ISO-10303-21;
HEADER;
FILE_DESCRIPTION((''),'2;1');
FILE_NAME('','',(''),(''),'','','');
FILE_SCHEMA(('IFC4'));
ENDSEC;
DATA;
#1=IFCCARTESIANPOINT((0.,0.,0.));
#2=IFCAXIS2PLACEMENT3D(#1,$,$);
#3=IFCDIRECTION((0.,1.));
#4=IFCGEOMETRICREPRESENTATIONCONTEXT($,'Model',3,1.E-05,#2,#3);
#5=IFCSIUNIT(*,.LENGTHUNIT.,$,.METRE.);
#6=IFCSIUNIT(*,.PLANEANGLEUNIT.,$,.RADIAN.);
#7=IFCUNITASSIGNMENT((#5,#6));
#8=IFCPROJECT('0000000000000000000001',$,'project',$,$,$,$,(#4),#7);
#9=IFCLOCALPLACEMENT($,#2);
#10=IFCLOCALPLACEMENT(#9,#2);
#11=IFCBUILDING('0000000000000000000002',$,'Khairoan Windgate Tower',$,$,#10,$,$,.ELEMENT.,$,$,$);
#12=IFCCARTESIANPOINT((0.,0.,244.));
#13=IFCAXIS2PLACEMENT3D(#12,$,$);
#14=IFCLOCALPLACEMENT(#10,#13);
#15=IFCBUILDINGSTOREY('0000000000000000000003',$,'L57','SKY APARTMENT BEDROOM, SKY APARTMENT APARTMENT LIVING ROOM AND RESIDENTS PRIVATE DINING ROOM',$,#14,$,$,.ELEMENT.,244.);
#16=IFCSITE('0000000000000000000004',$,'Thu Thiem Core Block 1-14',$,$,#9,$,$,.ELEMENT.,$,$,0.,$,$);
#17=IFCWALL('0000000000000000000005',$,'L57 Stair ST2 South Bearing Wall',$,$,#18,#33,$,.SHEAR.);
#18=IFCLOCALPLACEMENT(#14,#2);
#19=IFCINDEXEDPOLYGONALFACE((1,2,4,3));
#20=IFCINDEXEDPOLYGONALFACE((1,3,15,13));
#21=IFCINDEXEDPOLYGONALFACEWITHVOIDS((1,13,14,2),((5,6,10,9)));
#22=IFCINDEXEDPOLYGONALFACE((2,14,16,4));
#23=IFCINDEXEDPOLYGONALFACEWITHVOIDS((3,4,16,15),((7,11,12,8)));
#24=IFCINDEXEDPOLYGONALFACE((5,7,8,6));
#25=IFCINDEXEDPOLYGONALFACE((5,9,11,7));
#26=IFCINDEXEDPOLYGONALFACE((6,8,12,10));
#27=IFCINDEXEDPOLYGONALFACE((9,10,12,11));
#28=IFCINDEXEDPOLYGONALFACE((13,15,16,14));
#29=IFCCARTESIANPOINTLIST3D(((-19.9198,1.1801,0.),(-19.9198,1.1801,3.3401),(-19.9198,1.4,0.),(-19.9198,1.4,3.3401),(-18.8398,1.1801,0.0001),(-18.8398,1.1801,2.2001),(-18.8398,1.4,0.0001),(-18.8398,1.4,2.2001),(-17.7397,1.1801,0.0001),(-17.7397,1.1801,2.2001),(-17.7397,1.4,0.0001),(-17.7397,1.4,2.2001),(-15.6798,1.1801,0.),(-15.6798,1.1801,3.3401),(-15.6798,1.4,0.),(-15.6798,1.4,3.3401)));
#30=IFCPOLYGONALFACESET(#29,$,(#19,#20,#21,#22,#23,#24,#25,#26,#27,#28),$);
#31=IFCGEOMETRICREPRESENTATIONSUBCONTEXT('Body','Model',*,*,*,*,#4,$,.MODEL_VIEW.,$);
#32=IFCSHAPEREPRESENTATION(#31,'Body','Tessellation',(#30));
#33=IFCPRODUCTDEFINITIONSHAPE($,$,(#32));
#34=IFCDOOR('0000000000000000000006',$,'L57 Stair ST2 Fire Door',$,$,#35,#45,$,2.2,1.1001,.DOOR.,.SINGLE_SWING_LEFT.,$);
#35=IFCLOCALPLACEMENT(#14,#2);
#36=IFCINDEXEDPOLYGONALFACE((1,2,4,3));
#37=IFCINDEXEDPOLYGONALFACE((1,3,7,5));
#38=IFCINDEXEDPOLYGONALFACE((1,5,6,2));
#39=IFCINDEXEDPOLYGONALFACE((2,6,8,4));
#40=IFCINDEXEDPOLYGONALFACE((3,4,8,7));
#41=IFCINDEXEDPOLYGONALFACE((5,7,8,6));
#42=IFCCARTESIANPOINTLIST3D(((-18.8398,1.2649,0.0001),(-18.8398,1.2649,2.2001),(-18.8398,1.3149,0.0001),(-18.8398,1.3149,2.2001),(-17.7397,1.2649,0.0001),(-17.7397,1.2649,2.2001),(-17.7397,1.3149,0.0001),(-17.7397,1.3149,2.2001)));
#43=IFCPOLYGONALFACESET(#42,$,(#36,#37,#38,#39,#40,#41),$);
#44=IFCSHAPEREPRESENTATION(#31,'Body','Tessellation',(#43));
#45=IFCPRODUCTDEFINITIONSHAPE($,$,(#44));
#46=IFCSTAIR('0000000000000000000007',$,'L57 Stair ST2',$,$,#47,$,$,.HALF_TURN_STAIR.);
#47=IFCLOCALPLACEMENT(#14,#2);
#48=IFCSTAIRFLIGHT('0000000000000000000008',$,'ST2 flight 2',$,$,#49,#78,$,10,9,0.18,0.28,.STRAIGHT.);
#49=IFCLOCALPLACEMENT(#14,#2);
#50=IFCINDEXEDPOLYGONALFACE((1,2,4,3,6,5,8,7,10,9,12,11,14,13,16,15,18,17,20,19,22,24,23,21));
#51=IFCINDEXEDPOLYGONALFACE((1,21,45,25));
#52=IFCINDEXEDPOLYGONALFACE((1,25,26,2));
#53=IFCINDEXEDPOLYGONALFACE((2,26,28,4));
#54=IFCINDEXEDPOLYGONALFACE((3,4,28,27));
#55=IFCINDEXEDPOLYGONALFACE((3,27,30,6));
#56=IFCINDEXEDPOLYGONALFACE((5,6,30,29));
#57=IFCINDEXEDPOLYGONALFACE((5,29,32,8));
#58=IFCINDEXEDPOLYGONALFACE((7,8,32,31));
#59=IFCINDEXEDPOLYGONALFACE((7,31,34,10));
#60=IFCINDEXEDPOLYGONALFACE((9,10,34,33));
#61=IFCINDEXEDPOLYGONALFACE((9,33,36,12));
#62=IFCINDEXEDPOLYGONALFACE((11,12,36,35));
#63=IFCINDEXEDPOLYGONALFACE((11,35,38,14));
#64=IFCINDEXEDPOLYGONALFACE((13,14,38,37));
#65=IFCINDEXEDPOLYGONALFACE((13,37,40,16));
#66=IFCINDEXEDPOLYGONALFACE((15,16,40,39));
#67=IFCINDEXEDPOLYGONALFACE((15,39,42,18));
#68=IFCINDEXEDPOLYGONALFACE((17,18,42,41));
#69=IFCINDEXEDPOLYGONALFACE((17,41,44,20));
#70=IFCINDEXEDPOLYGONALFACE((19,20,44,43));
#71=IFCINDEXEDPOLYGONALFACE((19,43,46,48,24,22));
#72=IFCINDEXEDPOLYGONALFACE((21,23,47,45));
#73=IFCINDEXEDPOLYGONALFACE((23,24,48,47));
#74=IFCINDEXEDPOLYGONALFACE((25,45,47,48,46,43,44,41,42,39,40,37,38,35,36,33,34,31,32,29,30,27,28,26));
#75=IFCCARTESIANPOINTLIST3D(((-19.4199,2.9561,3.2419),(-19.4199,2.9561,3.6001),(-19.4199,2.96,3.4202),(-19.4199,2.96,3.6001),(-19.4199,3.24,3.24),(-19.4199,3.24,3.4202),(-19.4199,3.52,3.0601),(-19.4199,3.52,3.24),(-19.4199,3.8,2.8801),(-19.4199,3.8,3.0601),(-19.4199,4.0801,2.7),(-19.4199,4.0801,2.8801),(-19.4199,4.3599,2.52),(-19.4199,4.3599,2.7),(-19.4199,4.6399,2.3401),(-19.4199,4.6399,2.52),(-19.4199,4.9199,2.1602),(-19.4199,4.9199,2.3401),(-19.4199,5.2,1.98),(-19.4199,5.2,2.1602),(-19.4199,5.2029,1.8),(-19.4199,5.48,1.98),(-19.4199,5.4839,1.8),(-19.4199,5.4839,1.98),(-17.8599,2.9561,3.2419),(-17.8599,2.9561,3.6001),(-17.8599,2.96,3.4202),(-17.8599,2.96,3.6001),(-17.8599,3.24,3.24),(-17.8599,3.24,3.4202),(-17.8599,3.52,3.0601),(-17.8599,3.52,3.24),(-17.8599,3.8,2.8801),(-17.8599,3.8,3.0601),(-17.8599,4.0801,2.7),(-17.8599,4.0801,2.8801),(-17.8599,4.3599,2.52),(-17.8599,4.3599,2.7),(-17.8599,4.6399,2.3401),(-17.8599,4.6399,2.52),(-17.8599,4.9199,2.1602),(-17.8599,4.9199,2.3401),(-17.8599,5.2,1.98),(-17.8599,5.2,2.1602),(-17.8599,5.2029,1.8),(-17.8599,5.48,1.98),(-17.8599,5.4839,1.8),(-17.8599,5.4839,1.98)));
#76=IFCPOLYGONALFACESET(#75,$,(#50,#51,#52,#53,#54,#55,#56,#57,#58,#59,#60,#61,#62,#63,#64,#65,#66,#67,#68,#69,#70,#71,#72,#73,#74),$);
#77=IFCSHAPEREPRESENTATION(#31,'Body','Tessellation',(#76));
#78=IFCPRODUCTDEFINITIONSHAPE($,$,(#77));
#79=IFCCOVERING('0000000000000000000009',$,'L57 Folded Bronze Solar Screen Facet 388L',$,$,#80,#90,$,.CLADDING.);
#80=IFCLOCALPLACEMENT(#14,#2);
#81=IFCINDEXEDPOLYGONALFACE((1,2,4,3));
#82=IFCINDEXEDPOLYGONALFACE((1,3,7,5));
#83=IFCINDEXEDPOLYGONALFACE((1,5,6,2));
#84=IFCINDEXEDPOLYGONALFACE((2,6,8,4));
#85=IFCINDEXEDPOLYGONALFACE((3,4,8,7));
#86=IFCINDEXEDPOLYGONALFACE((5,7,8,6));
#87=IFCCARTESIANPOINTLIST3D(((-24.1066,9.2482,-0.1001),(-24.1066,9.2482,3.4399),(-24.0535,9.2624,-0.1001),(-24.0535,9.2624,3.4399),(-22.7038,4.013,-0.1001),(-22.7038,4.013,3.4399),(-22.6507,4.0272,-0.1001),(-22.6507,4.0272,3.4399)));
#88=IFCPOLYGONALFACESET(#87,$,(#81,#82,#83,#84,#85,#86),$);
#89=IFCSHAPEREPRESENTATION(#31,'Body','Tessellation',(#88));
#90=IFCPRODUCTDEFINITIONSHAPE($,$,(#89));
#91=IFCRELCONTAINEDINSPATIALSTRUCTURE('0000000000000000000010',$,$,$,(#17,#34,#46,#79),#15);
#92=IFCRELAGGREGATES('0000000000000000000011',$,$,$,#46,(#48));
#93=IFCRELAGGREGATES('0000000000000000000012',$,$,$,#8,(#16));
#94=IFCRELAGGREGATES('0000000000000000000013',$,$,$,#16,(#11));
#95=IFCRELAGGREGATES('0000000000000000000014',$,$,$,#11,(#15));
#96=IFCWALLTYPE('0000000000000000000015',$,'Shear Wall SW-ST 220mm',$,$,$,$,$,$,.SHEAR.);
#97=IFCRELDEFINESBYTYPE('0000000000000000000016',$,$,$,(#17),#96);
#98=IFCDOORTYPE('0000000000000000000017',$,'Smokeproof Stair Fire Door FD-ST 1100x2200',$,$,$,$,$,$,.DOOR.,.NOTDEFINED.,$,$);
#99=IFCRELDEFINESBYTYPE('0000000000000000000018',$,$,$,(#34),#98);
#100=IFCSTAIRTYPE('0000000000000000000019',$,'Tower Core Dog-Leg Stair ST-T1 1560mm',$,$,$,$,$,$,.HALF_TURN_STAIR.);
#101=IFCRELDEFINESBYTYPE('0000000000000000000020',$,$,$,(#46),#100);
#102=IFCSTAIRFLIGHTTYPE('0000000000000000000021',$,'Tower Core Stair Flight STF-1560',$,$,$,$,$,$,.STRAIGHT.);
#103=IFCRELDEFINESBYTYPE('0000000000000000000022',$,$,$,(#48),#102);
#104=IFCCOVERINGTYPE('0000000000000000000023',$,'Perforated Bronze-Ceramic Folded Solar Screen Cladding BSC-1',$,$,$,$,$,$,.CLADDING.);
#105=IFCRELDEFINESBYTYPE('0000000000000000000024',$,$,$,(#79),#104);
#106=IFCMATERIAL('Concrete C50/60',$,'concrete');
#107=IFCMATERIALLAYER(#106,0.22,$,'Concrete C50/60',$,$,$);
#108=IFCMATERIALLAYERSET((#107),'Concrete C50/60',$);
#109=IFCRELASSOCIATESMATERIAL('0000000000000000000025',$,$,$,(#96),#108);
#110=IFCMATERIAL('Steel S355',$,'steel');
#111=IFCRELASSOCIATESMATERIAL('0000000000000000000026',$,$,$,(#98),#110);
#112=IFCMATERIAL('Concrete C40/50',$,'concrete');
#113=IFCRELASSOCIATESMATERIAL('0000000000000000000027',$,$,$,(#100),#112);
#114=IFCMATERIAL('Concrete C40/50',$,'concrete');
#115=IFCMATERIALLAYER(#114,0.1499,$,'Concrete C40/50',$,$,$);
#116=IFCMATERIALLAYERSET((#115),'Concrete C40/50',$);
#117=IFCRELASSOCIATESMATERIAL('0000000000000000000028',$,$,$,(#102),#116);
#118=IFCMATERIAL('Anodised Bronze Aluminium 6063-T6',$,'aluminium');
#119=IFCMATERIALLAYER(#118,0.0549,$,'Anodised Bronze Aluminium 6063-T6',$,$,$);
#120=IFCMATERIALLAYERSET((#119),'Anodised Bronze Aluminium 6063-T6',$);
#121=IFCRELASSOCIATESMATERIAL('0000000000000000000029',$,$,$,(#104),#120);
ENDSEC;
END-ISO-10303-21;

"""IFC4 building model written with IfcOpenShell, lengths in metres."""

from ifc_helpers import new_model, si_unit, direction, frame, frame_2d, origin, origin_2d, place, context, subcontext, project, spatial, polyline, rectangle, outline, extrude, material, layer, layer_set, type_object, element, fill, aggregate, save


model = new_model("IFC4")

# Units and contexts
model_context = context("Model", 3, precision=1e-05, world=origin(), true_north=direction((0.0, 1.0)))
body_context = subcontext(model_context, "Body", "Model", "MODEL_VIEW")
ifc_project = project(units=[si_unit("LENGTHUNIT", "METRE"), si_unit("PLANEANGLEUNIT", "RADIAN")], contexts=[model_context])

# Site, building, storey
site_placement = place(None, origin())
site = spatial("IfcSite", under=ifc_project, at=site_placement, Name="Thu Thiem Core Block 1-14", CompositionType="ELEMENT", RefElevation=0.0)
building_placement = place(site_placement, origin())
building = spatial("IfcBuilding", under=site, at=building_placement, Name="Khairoan Windgate Tower", CompositionType="ELEMENT")
storey_placement = place(building_placement, frame((0.0, 0.0, 244.0)))
storey = spatial("IfcBuildingStorey", under=building, at=storey_placement, Name="L57", Description="SKY APARTMENT BEDROOM, SKY APARTMENT APARTMENT LIVING ROOM AND RESIDENTS PRIVATE DINING ROOM", CompositionType="ELEMENT", Elevation=244.0)

# Shared definitions
ifc_material_1 = material(Name="Concrete C50/60", Category="concrete")
ifc_layer_1 = layer(ifc_material_1, 0.22, Name="Concrete C50/60")
ifc_layer_set_1 = layer_set([ifc_layer_1], Name="Concrete C50/60")
wall_type = type_object("IfcWallType", Name="Shear Wall SW-ST 220mm", PredefinedType="SHEAR", material=ifc_layer_set_1)

# Wall, opening, door
wall_1_placement = place(storey_placement, frame((-19.9199, 1.29, 0.0), z_axis=(0.0, 0.0, 1.0), x_axis=(1.0, 0.0, 0.0)))
wall_1 = element("IfcWall", 1, at=wall_1_placement, inside=storey, type_object=wall_type, Name="L57 Stair ST2 South Bearing Wall", PredefinedType="SHEAR", context=body_context, shape_type="SweptSolid", body=[
    extrude(rectangle(XDim=4.24, YDim=0.22, at=frame_2d((2.1201, 0.0))), origin(), (0.0, 0.0, 1.0), 3.3401),
])
opening_placement = place(wall_1_placement, frame((1.0801, 0.0, 0.0)))
opening = element("IfcOpeningElement", 2, at=opening_placement, cuts=wall_1, PredefinedType="OPENING", context=body_context, shape_type="SweptSolid", body=[
    extrude(rectangle(XDim=1.1001, YDim=2.2, at=frame_2d((0.55, 1.1001))), frame((0.0, 0.1199, 0.0), z_axis=(0.0, -1.0, 0.0), x_axis=(1.0, 0.0, 0.0)), (0.0, 0.0, 1.0), 0.24),
])
ifc_material_2 = material(Name="Steel S355", Category="steel")
door_type = type_object("IfcDoorType", Name="Smokeproof Stair Fire Door FD-ST 1100x2200", OperationType="NOTDEFINED", PredefinedType="DOOR", material=ifc_material_2)
door_placement = place(opening_placement, origin())
door = element("IfcDoor", 3, at=door_placement, inside=storey, type_object=door_type, Name="L57 Stair ST2 Fire Door", OperationType="SINGLE_SWING_LEFT", OverallHeight=2.2, OverallWidth=1.1001, PredefinedType="DOOR", context=body_context, shape_type="SweptSolid", body=[
    extrude(rectangle(XDim=1.1001, YDim=2.2, at=frame_2d((0.55, 1.1001))), frame((0.0, 0.0249, 0.0), z_axis=(0.0, -1.0, 0.0), x_axis=(1.0, 0.0, 0.0)), (0.0, 0.0, 1.0), 0.05),
])
fill(opening, door)

# Stair, stair flight
ifc_material_3 = material(Name="Concrete C40/50", Category="concrete")
stair_type = type_object("IfcStairType", Name="Tower Core Dog-Leg Stair ST-T1 1560mm", PredefinedType="HALF_TURN_STAIR", material=ifc_material_3)
stair_placement = place(storey_placement, origin())
stair = element("IfcStair", 4, at=stair_placement, inside=storey, type_object=stair_type, Name="L57 Stair ST2", PredefinedType="HALF_TURN_STAIR")
ifc_material_4 = material(Name="Concrete C40/50", Category="concrete")
ifc_layer_2 = layer(ifc_material_4, 0.1499, Name="Concrete C40/50")
ifc_layer_set_2 = layer_set([ifc_layer_2], Name="Concrete C40/50")
stair_flight_type = type_object("IfcStairFlightType", Name="Tower Core Stair Flight STF-1560", PredefinedType="STRAIGHT", material=ifc_layer_set_2)
stair_flight_placement = place(storey_placement, frame((-18.6399, 5.48, 1.8), z_axis=(0.0, 0.0, 1.0), x_axis=(0.0, -1.0, 0.0)))
stair_flight = element("IfcStairFlight", 5, at=stair_flight_placement, type_object=stair_flight_type, Name="ST2 flight 2", NumberOfRisers=10, NumberOfTreads=9, PredefinedType="STRAIGHT", RiserHeight=0.18, TreadLength=0.28, context=body_context, shape_type="SweptSolid", body=[
    extrude(outline(polyline([(-0.0039, 0.0), (-0.0039, 0.1799), (0.0, 0.1799), (0.28, 0.1799), (0.28, 0.3601), (0.5601, 0.3601), (0.5601, 0.54), (0.8401, 0.54), (0.8401, 0.72), (1.1201, 0.72), (1.1201, 0.8999), (1.3999, 0.8999), (1.3999, 1.0801), (1.6799, 1.0801), (1.6799, 1.26), (1.96, 1.26), (1.96, 1.4399), (2.24, 1.4399), (2.24, 1.6201), (2.52, 1.6201), (2.52, 1.8), (2.5239, 1.8), (2.5239, 1.4419), (0.2771, 0.0), (-0.0039, 0.0)])), frame((0.0, 0.78, 0.0), z_axis=(0.0, -1.0, 0.0), x_axis=(1.0, 0.0, 0.0)), (0.0, 0.0, 1.0), 1.5601),
])
aggregate(stair, [stair_flight])

# Covering
ifc_material_5 = material(Name="Anodised Bronze Aluminium 6063-T6", Category="aluminium")
ifc_layer_3 = layer(ifc_material_5, 0.0549, Name="Anodised Bronze Aluminium 6063-T6")
ifc_layer_set_3 = layer_set([ifc_layer_3], Name="Anodised Bronze Aluminium 6063-T6")
covering_type = type_object("IfcCoveringType", Name="Perforated Bronze-Ceramic Folded Solar Screen Cladding BSC-1", PredefinedType="CLADDING", material=ifc_layer_set_3)
covering_placement = place(storey_placement, frame((-23.3787, 6.6377, -0.1001), z_axis=(0.0, 0.0, 1.0), x_axis=(-0.258819, 0.965926, 0.0)))
element("IfcCovering", 6, at=covering_placement, inside=storey, type_object=covering_type, Name="L57 Folded Bronze Solar Screen Facet 388L", PredefinedType="CLADDING", context=body_context, shape_type="SweptSolid", body=[
    extrude(rectangle(XDim=5.4199, YDim=0.0549, at=origin_2d()), origin(), (0.0, 0.0, 1.0), 3.54),
])

save(model, "model.ifc")
